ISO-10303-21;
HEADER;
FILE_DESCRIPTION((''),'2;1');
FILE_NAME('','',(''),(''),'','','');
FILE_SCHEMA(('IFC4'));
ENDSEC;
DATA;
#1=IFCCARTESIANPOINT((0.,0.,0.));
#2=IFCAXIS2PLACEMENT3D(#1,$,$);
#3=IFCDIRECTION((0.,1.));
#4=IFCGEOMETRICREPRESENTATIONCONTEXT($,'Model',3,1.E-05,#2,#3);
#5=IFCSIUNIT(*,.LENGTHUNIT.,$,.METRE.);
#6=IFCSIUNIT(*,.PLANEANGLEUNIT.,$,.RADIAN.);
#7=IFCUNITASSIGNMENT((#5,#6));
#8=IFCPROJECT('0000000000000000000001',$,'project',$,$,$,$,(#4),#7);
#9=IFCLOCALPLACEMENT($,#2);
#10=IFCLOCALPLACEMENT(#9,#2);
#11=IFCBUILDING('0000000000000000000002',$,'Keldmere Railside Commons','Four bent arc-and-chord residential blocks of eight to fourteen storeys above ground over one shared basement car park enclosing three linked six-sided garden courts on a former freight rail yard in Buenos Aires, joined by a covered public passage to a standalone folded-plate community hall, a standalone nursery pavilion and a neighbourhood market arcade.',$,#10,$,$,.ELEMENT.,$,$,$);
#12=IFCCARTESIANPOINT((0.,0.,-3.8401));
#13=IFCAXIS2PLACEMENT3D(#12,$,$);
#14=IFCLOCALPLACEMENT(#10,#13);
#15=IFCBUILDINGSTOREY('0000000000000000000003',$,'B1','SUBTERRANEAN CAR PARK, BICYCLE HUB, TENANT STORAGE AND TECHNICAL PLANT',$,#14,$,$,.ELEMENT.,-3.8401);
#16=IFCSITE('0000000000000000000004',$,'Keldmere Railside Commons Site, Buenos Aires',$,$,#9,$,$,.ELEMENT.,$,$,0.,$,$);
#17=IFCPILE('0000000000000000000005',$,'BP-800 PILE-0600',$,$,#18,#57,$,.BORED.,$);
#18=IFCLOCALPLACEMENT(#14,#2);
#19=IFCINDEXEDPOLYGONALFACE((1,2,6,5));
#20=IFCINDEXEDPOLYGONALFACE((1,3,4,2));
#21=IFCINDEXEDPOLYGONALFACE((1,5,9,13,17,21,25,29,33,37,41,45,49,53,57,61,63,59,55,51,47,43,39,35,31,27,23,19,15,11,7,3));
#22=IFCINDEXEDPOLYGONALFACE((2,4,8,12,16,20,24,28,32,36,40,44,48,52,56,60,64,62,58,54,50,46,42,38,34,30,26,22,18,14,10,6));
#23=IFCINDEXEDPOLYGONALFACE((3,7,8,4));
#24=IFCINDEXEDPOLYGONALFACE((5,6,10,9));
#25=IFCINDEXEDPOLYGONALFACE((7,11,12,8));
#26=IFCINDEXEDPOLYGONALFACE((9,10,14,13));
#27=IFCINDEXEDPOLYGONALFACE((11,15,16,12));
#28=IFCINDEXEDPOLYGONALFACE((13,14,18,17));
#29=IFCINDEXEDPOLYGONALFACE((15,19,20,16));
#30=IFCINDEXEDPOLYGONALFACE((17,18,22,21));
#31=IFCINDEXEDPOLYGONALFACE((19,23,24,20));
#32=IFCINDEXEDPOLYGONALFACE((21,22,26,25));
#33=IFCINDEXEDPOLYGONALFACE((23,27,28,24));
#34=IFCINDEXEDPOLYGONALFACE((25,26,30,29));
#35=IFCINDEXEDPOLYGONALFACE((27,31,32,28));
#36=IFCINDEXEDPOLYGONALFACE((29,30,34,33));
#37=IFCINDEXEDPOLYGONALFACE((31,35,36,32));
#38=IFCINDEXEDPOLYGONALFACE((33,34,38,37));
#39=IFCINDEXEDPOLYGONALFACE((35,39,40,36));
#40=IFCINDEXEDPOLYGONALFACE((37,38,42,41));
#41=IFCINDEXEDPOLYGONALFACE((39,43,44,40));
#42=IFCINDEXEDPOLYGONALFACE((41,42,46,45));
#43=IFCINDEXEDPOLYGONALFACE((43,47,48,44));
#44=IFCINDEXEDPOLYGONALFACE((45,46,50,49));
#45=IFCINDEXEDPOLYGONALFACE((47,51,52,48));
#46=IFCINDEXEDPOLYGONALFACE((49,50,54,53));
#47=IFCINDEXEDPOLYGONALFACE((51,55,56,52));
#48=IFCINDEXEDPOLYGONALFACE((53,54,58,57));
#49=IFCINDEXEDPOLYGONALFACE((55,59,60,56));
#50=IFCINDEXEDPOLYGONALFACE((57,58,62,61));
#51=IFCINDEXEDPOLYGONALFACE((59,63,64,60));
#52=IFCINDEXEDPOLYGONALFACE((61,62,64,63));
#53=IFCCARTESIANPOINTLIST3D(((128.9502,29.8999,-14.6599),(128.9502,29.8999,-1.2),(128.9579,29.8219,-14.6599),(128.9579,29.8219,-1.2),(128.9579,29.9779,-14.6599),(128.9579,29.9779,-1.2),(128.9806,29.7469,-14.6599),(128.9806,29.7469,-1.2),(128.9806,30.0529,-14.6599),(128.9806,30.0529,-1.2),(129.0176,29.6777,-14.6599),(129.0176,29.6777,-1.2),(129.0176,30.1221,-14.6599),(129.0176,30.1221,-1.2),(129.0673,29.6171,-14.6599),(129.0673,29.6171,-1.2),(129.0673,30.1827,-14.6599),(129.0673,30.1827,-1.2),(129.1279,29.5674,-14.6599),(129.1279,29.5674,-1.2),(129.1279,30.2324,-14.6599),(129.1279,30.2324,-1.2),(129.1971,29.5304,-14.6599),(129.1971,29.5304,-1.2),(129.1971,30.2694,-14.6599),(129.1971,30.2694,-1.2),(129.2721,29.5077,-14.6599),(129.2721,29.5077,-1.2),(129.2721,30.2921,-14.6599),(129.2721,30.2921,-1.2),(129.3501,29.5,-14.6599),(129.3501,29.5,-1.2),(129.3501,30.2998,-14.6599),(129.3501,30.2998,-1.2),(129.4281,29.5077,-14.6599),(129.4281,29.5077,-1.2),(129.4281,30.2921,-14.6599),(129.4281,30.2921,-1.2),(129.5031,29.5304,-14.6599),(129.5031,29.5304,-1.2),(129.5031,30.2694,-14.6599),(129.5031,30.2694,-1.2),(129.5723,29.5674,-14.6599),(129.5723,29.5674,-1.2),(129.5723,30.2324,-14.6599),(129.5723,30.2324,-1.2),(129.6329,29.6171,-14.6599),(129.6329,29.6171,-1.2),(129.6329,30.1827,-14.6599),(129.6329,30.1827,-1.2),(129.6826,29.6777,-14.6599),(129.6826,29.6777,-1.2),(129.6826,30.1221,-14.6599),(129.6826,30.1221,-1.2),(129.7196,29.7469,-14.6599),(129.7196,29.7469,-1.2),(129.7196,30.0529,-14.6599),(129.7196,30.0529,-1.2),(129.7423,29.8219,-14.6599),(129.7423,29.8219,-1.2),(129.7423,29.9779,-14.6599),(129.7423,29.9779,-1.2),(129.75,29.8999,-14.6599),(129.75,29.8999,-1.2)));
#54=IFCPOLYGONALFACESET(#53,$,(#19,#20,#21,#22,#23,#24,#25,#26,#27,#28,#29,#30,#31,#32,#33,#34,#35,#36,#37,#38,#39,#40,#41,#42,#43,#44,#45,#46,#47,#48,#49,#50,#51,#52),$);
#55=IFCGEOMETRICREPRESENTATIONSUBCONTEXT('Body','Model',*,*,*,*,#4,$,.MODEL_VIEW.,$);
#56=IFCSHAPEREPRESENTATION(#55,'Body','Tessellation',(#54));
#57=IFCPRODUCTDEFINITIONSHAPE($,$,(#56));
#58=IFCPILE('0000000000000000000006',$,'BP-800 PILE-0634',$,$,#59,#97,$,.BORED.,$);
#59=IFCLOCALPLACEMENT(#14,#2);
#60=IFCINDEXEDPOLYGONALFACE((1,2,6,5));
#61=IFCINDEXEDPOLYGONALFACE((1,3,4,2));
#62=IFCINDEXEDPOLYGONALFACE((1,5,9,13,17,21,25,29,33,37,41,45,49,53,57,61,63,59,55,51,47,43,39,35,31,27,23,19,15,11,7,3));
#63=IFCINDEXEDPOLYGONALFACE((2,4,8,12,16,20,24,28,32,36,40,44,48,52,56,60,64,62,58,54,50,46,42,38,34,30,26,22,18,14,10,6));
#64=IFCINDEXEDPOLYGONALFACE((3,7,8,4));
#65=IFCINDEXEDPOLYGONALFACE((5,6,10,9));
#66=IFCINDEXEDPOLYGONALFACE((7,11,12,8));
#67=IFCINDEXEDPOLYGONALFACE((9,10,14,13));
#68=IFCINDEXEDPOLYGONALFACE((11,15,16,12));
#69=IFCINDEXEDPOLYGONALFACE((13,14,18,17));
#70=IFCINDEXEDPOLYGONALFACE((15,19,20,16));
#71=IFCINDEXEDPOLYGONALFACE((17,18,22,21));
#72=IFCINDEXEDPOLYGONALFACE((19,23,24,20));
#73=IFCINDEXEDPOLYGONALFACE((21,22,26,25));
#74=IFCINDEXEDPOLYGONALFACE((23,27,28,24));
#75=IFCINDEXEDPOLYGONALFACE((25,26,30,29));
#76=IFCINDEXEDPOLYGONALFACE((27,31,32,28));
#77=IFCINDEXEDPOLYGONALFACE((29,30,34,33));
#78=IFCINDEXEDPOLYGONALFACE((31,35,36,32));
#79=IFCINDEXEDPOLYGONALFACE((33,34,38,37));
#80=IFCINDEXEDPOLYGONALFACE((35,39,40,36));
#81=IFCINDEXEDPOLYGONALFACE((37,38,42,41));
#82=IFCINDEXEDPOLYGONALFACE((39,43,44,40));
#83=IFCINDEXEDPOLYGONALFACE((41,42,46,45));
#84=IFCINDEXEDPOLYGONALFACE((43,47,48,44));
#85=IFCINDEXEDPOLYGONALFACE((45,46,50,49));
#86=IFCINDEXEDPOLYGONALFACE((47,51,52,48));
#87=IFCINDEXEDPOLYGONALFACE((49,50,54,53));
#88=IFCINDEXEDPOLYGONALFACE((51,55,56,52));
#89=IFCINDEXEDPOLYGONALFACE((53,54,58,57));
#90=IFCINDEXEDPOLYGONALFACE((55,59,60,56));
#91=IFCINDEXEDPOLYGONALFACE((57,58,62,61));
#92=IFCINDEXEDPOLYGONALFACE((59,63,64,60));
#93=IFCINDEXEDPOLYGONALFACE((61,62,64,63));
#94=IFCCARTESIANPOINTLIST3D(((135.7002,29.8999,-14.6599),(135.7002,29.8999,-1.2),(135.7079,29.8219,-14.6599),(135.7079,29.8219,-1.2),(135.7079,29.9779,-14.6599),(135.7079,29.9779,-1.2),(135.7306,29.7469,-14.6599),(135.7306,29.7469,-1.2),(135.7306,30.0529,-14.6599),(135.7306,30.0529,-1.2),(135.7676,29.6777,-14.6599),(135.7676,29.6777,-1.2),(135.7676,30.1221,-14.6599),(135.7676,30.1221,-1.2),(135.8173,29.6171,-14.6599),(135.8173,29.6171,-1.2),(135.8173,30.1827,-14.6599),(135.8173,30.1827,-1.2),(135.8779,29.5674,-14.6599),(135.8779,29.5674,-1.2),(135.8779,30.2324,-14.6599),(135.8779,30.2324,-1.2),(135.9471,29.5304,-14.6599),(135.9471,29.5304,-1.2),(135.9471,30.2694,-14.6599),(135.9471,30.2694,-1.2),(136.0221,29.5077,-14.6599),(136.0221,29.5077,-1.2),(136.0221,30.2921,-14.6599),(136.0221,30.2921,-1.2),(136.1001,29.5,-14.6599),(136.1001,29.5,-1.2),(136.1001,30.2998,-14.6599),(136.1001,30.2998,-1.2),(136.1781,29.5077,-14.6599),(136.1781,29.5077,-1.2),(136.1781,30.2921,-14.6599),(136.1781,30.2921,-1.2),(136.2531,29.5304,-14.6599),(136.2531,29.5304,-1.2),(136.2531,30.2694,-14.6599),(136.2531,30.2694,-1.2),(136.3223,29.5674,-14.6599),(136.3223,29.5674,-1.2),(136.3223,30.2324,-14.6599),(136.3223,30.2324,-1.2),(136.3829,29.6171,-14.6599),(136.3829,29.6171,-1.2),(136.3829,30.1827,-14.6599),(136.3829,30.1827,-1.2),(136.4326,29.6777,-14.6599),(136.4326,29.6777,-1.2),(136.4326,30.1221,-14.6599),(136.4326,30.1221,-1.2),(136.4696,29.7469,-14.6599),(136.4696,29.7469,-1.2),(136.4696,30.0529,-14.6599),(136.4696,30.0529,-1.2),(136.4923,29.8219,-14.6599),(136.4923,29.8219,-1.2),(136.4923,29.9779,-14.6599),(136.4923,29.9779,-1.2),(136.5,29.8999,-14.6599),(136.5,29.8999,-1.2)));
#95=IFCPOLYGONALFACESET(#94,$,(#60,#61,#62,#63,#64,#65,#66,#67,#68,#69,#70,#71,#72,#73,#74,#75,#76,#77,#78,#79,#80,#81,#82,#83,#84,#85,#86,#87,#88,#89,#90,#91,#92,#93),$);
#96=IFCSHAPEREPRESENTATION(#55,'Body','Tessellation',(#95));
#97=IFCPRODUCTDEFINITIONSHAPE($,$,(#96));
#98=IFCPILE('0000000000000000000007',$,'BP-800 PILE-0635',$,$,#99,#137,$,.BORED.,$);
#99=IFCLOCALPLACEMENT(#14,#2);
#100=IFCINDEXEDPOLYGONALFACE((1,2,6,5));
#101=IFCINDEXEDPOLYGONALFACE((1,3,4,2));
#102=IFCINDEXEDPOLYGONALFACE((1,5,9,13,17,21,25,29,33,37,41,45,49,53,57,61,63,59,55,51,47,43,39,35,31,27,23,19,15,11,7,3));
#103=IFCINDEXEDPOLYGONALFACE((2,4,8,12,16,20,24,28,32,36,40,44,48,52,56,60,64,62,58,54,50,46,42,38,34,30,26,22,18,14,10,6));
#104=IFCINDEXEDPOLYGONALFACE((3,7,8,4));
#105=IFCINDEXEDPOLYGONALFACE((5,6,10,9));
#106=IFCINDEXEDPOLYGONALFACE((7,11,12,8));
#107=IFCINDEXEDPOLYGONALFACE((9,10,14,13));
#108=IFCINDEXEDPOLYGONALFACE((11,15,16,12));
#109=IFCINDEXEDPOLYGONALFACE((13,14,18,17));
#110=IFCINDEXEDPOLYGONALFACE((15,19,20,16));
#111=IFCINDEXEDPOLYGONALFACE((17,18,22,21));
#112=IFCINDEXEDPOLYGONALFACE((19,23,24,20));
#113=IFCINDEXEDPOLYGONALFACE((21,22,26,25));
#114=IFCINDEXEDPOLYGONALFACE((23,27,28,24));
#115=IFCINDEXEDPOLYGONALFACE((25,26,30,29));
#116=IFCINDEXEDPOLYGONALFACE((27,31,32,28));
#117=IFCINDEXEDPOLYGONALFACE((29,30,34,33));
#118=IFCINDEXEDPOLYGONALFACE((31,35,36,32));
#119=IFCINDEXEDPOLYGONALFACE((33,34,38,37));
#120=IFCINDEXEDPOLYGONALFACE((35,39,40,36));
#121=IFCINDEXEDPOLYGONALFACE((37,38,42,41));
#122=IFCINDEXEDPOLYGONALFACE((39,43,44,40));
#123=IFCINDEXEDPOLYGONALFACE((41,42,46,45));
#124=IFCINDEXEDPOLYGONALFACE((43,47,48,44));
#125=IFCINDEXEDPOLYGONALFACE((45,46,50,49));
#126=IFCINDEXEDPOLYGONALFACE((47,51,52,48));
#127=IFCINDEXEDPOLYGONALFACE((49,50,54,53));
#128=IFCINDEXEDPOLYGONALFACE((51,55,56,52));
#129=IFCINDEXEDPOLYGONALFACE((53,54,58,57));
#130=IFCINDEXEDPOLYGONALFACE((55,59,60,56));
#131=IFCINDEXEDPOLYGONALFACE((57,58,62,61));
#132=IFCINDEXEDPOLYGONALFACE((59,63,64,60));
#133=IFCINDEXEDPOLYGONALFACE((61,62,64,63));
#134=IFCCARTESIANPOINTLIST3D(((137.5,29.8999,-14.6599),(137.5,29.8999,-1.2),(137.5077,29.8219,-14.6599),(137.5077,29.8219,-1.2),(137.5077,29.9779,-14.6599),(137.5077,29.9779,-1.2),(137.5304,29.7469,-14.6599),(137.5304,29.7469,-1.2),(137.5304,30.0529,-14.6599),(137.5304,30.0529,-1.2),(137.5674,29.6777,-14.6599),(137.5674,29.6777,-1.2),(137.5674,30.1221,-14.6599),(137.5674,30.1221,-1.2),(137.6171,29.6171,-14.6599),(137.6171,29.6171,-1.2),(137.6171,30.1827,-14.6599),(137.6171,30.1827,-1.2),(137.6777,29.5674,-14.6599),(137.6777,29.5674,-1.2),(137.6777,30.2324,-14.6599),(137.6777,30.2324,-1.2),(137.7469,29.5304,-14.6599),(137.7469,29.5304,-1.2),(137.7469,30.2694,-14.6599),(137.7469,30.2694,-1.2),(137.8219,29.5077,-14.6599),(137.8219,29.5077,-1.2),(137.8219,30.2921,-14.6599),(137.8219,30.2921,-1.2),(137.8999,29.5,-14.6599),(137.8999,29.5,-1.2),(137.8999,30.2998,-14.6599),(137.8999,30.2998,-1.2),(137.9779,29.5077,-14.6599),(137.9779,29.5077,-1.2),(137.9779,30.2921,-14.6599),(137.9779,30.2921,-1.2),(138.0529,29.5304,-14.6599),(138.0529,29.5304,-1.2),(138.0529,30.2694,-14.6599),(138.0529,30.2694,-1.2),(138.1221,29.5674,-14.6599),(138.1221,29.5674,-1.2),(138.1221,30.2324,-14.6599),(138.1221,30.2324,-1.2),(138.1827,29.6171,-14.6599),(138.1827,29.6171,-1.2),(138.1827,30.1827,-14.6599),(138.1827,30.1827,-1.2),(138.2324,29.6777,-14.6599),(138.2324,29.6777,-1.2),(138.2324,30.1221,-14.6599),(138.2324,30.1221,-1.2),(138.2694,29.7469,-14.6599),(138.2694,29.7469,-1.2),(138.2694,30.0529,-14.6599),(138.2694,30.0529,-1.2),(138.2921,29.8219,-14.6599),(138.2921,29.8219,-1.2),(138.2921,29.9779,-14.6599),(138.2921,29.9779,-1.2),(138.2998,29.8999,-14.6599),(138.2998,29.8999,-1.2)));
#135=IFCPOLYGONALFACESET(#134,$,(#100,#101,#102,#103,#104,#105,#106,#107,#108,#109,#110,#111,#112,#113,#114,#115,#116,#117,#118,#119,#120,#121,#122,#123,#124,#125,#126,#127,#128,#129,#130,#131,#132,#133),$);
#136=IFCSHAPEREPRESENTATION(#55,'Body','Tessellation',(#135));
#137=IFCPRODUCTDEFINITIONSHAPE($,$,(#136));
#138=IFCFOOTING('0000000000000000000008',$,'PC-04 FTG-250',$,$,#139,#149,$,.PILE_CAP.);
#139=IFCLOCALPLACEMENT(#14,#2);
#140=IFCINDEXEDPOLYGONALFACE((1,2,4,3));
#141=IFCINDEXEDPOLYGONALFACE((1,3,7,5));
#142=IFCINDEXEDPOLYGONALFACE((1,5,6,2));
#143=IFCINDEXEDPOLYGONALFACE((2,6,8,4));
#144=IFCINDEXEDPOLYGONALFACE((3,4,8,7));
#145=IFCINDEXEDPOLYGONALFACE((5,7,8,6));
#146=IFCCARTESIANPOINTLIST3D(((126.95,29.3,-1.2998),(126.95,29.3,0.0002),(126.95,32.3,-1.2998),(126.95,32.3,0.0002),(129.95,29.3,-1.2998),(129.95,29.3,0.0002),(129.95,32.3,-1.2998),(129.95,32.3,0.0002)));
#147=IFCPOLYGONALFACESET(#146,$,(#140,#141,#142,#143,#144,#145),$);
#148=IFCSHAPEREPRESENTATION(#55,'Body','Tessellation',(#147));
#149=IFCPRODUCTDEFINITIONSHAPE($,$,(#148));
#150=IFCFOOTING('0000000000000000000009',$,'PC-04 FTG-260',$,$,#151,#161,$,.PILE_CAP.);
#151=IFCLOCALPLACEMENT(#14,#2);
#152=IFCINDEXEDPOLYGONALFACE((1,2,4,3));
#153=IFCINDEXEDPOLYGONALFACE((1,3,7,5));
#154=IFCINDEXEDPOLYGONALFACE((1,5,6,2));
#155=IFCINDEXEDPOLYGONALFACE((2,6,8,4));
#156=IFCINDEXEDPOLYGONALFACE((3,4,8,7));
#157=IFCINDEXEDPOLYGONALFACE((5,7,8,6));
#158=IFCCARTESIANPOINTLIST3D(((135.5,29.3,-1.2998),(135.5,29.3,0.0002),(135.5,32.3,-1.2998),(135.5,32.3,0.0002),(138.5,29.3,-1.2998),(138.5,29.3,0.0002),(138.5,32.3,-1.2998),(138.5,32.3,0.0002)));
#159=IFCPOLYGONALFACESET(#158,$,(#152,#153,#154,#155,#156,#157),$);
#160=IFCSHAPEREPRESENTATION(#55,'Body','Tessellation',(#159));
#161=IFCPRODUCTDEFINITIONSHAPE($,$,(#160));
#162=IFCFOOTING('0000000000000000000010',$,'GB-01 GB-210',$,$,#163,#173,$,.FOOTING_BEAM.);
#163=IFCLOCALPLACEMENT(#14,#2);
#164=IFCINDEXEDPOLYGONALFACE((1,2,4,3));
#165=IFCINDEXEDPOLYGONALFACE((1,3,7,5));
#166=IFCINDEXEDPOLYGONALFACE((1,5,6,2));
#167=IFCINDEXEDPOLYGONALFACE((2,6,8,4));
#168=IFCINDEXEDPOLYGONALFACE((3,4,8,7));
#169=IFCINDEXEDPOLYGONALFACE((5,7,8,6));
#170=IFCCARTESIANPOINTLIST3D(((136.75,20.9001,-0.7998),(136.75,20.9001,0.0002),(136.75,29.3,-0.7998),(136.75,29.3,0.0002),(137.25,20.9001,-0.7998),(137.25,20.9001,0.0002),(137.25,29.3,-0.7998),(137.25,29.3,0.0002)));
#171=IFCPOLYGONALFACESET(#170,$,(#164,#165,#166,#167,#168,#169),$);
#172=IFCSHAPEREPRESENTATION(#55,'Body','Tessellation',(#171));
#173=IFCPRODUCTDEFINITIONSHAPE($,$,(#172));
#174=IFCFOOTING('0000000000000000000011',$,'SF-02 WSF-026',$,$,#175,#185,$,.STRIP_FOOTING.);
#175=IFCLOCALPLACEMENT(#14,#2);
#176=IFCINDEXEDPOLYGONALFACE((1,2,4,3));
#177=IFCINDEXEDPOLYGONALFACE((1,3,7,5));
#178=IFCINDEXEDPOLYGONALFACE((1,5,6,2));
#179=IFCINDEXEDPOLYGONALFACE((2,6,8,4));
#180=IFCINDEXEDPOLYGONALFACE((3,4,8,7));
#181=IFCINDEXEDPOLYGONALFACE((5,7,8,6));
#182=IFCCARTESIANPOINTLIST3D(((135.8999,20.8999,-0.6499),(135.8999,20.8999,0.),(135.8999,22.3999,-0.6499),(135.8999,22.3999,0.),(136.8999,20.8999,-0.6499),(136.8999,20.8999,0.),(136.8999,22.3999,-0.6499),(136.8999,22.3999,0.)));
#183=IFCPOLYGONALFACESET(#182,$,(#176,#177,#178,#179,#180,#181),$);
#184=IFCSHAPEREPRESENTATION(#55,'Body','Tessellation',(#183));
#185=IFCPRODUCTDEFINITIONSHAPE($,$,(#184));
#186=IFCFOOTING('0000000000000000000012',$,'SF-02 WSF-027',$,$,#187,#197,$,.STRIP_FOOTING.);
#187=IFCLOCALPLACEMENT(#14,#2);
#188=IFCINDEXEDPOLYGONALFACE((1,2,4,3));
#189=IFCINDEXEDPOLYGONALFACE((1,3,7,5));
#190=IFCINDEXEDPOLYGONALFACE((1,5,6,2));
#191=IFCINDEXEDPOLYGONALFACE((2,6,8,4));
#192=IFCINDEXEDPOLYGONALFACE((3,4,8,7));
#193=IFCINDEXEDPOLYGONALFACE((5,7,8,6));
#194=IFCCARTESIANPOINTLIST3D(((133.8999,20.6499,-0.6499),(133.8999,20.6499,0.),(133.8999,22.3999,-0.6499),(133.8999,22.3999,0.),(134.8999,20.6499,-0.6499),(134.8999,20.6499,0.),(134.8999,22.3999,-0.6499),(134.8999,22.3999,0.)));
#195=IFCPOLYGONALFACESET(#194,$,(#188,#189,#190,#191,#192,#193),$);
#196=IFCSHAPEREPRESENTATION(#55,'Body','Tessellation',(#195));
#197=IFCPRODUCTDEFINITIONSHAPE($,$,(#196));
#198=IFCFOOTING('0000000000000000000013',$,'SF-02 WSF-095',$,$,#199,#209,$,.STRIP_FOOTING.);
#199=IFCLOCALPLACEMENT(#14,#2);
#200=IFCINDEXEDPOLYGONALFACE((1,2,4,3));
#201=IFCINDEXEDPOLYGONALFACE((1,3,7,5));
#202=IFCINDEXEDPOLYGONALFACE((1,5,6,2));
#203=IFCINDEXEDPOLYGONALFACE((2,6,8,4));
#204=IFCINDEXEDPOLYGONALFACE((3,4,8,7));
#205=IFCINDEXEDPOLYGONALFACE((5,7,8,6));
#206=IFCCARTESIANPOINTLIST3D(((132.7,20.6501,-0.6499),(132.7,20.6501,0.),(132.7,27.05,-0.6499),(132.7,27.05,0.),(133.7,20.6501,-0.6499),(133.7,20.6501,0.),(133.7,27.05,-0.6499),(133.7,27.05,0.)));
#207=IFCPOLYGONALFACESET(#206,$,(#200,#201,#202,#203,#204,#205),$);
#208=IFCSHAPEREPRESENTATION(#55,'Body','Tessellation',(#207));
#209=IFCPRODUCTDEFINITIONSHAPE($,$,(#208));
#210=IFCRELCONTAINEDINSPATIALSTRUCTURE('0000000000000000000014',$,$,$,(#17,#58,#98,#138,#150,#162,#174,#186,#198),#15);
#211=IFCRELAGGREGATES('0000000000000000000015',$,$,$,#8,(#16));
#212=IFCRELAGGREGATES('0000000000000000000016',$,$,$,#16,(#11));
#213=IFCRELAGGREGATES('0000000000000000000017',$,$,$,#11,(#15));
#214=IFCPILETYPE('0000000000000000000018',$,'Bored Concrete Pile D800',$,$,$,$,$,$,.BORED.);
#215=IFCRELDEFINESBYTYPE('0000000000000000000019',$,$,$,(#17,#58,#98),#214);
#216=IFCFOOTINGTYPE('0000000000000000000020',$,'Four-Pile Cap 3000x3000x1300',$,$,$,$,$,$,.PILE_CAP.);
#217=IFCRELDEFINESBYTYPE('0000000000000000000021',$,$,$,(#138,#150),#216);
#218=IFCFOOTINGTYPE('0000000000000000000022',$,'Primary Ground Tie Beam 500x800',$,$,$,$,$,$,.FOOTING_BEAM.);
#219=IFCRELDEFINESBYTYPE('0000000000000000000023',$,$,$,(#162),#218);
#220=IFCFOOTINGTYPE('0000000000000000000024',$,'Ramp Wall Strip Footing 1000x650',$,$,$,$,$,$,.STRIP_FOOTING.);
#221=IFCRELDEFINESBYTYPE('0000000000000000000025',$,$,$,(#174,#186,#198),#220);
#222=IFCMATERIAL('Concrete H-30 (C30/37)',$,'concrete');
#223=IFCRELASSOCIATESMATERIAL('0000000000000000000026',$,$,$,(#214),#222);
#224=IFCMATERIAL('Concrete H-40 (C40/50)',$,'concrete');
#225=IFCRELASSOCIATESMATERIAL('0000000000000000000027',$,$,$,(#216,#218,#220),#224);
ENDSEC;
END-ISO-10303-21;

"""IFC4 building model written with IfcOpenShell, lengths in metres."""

from ifc_helpers import new_model, si_unit, direction, frame, origin, origin_2d, place, context, subcontext, project, spatial, rectangle, circle, extrude, material, material_profile, profile_set, type_object, element, save


model = new_model("IFC4")

# Units and contexts
model_context = context("Model", 3, precision=1e-05, world=origin(), true_north=direction((0.0, 1.0)))
body_context = subcontext(model_context, "Body", "Model", "MODEL_VIEW")
ifc_project = project(units=[si_unit("LENGTHUNIT", "METRE"), si_unit("PLANEANGLEUNIT", "RADIAN")], contexts=[model_context])

# Site, building, storey
site_placement = place(None, origin())
site = spatial("IfcSite", under=ifc_project, at=site_placement, Name="Keldmere Railside Commons Site, Buenos Aires", CompositionType="ELEMENT", RefElevation=0.0)
building_placement = place(site_placement, origin())
building = spatial("IfcBuilding", under=site, at=building_placement, Name="Keldmere Railside Commons", Description="Four bent arc-and-chord residential blocks of eight to fourteen storeys above ground over one shared basement car park enclosing three linked six-sided garden courts on a former freight rail yard in Buenos Aires, joined by a covered public passage to a standalone folded-plate community hall, a standalone nursery pavilion and a neighbourhood market arcade.", CompositionType="ELEMENT")
storey_placement = place(building_placement, frame((0.0, 0.0, -3.8401)))
storey = spatial("IfcBuildingStorey", under=building, at=storey_placement, Name="B1", Description="SUBTERRANEAN CAR PARK, BICYCLE HUB, TENANT STORAGE AND TECHNICAL PLANT", CompositionType="ELEMENT", Elevation=-3.8401)

# Piles
ifc_material_1 = material(Name="Concrete H-30 (C30/37)", Category="concrete")
ifc_material_profile_1 = material_profile(ifc_material_1, circle(Radius=0.3999, at=origin_2d()), Name="PILE-D800")
ifc_profile_set_1 = profile_set([ifc_material_profile_1], Name="Concrete H-30 (C30/37)")
pile_type = type_object("IfcPileType", Name="Bored Concrete Pile D800", PredefinedType="BORED", material=ifc_profile_set_1)
for number, where, z_axis, x_axis, name in (
    (1, (129.3501, 29.8999, -1.2), (0.0, 0.0, -1.0), (1.0, 0.0, 0.0), "BP-800 PILE-0600"),
    (2, (136.1001, 29.8999, -1.2), (0.0, 0.0, -1.0), (1.0, 0.0, 0.0), "BP-800 PILE-0634"),
    (3, (137.8999, 29.8999, -1.2), (0.0, 0.0, -1.0), (1.0, 0.0, 0.0), "BP-800 PILE-0635"),
):
    element("IfcPile", number, at=place(storey_placement, frame(where, z_axis=z_axis, x_axis=x_axis)), inside=storey, type_object=pile_type, Name=name, PredefinedType="BORED", context=body_context, shape_type="SweptSolid", body=[
        extrude(circle(Radius=0.3999, at=origin_2d()), origin(), (0.0, 0.0, 1.0), 13.46),
    ])

# Footings
ifc_material_2 = material(Name="Concrete H-40 (C40/50)", Category="concrete")
footing_type_1 = type_object("IfcFootingType", Name="Four-Pile Cap 3000x3000x1300", PredefinedType="PILE_CAP", material=ifc_material_2)
for number, where, z_axis, x_axis, name in (
    (4, (128.45, 30.8, -1.2998), (0.0, 0.0, 1.0), (1.0, 0.0, 0.0), "PC-04 FTG-250"),
    (5, (137.0, 30.8, -1.2998), (0.0, 0.0, 1.0), (1.0, 0.0, 0.0), "PC-04 FTG-260"),
):
    element("IfcFooting", number, at=place(storey_placement, frame(where, z_axis=z_axis, x_axis=x_axis)), inside=storey, type_object=footing_type_1, Name=name, PredefinedType="PILE_CAP", context=body_context, shape_type="SweptSolid", body=[
        extrude(rectangle(XDim=3.0, YDim=3.0, at=origin_2d()), origin(), (0.0, 0.0, 1.0), 1.3),
    ])
footing_type_2 = type_object("IfcFootingType", Name="Primary Ground Tie Beam 500x800", PredefinedType="FOOTING_BEAM", material=ifc_material_2)
footing_1_placement = place(storey_placement, frame((137.0, 25.1001, -0.7998), z_axis=(0.0, 0.0, 1.0), x_axis=(0.0, 1.0, 0.0)))
element("IfcFooting", 6, at=footing_1_placement, inside=storey, type_object=footing_type_2, Name="GB-01 GB-210", PredefinedType="FOOTING_BEAM", context=body_context, shape_type="SweptSolid", body=[
    extrude(rectangle(XDim=8.3999, YDim=0.5, at=origin_2d()), origin(), (0.0, 0.0, 1.0), 0.8),
])
footing_type_3 = type_object("IfcFootingType", Name="Ramp Wall Strip Footing 1000x650", PredefinedType="STRIP_FOOTING", material=ifc_material_2)
footing_2_placement = place(storey_placement, frame((136.3999, 21.6499, -0.6499), z_axis=(0.0, 0.0, 1.0), x_axis=(0.0, 1.0, 0.0)))
element("IfcFooting", 7, at=footing_2_placement, inside=storey, type_object=footing_type_3, Name="SF-02 WSF-026", PredefinedType="STRIP_FOOTING", context=body_context, shape_type="SweptSolid", body=[
    extrude(rectangle(XDim=1.5, YDim=1.0, at=origin_2d()), origin(), (0.0, 0.0, 1.0), 0.6499),
])
footing_3_placement = place(storey_placement, frame((134.3999, 21.5249, -0.6499), z_axis=(0.0, 0.0, 1.0), x_axis=(0.0, 1.0, 0.0)))
element("IfcFooting", 8, at=footing_3_placement, inside=storey, type_object=footing_type_3, Name="SF-02 WSF-027", PredefinedType="STRIP_FOOTING", context=body_context, shape_type="SweptSolid", body=[
    extrude(rectangle(XDim=1.75, YDim=1.0, at=origin_2d()), origin(), (0.0, 0.0, 1.0), 0.6499),
])
footing_4_placement = place(storey_placement, frame((133.2, 23.8501, -0.6499), z_axis=(0.0, 0.0, 1.0), x_axis=(0.0, 1.0, 0.0)))
element("IfcFooting", 9, at=footing_4_placement, inside=storey, type_object=footing_type_3, Name="SF-02 WSF-095", PredefinedType="STRIP_FOOTING", context=body_context, shape_type="SweptSolid", body=[
    extrude(rectangle(XDim=6.3999, YDim=1.0, at=origin_2d()), origin(), (0.0, 0.0, 1.0), 0.6499),
])

save(model, "model.ifc")
